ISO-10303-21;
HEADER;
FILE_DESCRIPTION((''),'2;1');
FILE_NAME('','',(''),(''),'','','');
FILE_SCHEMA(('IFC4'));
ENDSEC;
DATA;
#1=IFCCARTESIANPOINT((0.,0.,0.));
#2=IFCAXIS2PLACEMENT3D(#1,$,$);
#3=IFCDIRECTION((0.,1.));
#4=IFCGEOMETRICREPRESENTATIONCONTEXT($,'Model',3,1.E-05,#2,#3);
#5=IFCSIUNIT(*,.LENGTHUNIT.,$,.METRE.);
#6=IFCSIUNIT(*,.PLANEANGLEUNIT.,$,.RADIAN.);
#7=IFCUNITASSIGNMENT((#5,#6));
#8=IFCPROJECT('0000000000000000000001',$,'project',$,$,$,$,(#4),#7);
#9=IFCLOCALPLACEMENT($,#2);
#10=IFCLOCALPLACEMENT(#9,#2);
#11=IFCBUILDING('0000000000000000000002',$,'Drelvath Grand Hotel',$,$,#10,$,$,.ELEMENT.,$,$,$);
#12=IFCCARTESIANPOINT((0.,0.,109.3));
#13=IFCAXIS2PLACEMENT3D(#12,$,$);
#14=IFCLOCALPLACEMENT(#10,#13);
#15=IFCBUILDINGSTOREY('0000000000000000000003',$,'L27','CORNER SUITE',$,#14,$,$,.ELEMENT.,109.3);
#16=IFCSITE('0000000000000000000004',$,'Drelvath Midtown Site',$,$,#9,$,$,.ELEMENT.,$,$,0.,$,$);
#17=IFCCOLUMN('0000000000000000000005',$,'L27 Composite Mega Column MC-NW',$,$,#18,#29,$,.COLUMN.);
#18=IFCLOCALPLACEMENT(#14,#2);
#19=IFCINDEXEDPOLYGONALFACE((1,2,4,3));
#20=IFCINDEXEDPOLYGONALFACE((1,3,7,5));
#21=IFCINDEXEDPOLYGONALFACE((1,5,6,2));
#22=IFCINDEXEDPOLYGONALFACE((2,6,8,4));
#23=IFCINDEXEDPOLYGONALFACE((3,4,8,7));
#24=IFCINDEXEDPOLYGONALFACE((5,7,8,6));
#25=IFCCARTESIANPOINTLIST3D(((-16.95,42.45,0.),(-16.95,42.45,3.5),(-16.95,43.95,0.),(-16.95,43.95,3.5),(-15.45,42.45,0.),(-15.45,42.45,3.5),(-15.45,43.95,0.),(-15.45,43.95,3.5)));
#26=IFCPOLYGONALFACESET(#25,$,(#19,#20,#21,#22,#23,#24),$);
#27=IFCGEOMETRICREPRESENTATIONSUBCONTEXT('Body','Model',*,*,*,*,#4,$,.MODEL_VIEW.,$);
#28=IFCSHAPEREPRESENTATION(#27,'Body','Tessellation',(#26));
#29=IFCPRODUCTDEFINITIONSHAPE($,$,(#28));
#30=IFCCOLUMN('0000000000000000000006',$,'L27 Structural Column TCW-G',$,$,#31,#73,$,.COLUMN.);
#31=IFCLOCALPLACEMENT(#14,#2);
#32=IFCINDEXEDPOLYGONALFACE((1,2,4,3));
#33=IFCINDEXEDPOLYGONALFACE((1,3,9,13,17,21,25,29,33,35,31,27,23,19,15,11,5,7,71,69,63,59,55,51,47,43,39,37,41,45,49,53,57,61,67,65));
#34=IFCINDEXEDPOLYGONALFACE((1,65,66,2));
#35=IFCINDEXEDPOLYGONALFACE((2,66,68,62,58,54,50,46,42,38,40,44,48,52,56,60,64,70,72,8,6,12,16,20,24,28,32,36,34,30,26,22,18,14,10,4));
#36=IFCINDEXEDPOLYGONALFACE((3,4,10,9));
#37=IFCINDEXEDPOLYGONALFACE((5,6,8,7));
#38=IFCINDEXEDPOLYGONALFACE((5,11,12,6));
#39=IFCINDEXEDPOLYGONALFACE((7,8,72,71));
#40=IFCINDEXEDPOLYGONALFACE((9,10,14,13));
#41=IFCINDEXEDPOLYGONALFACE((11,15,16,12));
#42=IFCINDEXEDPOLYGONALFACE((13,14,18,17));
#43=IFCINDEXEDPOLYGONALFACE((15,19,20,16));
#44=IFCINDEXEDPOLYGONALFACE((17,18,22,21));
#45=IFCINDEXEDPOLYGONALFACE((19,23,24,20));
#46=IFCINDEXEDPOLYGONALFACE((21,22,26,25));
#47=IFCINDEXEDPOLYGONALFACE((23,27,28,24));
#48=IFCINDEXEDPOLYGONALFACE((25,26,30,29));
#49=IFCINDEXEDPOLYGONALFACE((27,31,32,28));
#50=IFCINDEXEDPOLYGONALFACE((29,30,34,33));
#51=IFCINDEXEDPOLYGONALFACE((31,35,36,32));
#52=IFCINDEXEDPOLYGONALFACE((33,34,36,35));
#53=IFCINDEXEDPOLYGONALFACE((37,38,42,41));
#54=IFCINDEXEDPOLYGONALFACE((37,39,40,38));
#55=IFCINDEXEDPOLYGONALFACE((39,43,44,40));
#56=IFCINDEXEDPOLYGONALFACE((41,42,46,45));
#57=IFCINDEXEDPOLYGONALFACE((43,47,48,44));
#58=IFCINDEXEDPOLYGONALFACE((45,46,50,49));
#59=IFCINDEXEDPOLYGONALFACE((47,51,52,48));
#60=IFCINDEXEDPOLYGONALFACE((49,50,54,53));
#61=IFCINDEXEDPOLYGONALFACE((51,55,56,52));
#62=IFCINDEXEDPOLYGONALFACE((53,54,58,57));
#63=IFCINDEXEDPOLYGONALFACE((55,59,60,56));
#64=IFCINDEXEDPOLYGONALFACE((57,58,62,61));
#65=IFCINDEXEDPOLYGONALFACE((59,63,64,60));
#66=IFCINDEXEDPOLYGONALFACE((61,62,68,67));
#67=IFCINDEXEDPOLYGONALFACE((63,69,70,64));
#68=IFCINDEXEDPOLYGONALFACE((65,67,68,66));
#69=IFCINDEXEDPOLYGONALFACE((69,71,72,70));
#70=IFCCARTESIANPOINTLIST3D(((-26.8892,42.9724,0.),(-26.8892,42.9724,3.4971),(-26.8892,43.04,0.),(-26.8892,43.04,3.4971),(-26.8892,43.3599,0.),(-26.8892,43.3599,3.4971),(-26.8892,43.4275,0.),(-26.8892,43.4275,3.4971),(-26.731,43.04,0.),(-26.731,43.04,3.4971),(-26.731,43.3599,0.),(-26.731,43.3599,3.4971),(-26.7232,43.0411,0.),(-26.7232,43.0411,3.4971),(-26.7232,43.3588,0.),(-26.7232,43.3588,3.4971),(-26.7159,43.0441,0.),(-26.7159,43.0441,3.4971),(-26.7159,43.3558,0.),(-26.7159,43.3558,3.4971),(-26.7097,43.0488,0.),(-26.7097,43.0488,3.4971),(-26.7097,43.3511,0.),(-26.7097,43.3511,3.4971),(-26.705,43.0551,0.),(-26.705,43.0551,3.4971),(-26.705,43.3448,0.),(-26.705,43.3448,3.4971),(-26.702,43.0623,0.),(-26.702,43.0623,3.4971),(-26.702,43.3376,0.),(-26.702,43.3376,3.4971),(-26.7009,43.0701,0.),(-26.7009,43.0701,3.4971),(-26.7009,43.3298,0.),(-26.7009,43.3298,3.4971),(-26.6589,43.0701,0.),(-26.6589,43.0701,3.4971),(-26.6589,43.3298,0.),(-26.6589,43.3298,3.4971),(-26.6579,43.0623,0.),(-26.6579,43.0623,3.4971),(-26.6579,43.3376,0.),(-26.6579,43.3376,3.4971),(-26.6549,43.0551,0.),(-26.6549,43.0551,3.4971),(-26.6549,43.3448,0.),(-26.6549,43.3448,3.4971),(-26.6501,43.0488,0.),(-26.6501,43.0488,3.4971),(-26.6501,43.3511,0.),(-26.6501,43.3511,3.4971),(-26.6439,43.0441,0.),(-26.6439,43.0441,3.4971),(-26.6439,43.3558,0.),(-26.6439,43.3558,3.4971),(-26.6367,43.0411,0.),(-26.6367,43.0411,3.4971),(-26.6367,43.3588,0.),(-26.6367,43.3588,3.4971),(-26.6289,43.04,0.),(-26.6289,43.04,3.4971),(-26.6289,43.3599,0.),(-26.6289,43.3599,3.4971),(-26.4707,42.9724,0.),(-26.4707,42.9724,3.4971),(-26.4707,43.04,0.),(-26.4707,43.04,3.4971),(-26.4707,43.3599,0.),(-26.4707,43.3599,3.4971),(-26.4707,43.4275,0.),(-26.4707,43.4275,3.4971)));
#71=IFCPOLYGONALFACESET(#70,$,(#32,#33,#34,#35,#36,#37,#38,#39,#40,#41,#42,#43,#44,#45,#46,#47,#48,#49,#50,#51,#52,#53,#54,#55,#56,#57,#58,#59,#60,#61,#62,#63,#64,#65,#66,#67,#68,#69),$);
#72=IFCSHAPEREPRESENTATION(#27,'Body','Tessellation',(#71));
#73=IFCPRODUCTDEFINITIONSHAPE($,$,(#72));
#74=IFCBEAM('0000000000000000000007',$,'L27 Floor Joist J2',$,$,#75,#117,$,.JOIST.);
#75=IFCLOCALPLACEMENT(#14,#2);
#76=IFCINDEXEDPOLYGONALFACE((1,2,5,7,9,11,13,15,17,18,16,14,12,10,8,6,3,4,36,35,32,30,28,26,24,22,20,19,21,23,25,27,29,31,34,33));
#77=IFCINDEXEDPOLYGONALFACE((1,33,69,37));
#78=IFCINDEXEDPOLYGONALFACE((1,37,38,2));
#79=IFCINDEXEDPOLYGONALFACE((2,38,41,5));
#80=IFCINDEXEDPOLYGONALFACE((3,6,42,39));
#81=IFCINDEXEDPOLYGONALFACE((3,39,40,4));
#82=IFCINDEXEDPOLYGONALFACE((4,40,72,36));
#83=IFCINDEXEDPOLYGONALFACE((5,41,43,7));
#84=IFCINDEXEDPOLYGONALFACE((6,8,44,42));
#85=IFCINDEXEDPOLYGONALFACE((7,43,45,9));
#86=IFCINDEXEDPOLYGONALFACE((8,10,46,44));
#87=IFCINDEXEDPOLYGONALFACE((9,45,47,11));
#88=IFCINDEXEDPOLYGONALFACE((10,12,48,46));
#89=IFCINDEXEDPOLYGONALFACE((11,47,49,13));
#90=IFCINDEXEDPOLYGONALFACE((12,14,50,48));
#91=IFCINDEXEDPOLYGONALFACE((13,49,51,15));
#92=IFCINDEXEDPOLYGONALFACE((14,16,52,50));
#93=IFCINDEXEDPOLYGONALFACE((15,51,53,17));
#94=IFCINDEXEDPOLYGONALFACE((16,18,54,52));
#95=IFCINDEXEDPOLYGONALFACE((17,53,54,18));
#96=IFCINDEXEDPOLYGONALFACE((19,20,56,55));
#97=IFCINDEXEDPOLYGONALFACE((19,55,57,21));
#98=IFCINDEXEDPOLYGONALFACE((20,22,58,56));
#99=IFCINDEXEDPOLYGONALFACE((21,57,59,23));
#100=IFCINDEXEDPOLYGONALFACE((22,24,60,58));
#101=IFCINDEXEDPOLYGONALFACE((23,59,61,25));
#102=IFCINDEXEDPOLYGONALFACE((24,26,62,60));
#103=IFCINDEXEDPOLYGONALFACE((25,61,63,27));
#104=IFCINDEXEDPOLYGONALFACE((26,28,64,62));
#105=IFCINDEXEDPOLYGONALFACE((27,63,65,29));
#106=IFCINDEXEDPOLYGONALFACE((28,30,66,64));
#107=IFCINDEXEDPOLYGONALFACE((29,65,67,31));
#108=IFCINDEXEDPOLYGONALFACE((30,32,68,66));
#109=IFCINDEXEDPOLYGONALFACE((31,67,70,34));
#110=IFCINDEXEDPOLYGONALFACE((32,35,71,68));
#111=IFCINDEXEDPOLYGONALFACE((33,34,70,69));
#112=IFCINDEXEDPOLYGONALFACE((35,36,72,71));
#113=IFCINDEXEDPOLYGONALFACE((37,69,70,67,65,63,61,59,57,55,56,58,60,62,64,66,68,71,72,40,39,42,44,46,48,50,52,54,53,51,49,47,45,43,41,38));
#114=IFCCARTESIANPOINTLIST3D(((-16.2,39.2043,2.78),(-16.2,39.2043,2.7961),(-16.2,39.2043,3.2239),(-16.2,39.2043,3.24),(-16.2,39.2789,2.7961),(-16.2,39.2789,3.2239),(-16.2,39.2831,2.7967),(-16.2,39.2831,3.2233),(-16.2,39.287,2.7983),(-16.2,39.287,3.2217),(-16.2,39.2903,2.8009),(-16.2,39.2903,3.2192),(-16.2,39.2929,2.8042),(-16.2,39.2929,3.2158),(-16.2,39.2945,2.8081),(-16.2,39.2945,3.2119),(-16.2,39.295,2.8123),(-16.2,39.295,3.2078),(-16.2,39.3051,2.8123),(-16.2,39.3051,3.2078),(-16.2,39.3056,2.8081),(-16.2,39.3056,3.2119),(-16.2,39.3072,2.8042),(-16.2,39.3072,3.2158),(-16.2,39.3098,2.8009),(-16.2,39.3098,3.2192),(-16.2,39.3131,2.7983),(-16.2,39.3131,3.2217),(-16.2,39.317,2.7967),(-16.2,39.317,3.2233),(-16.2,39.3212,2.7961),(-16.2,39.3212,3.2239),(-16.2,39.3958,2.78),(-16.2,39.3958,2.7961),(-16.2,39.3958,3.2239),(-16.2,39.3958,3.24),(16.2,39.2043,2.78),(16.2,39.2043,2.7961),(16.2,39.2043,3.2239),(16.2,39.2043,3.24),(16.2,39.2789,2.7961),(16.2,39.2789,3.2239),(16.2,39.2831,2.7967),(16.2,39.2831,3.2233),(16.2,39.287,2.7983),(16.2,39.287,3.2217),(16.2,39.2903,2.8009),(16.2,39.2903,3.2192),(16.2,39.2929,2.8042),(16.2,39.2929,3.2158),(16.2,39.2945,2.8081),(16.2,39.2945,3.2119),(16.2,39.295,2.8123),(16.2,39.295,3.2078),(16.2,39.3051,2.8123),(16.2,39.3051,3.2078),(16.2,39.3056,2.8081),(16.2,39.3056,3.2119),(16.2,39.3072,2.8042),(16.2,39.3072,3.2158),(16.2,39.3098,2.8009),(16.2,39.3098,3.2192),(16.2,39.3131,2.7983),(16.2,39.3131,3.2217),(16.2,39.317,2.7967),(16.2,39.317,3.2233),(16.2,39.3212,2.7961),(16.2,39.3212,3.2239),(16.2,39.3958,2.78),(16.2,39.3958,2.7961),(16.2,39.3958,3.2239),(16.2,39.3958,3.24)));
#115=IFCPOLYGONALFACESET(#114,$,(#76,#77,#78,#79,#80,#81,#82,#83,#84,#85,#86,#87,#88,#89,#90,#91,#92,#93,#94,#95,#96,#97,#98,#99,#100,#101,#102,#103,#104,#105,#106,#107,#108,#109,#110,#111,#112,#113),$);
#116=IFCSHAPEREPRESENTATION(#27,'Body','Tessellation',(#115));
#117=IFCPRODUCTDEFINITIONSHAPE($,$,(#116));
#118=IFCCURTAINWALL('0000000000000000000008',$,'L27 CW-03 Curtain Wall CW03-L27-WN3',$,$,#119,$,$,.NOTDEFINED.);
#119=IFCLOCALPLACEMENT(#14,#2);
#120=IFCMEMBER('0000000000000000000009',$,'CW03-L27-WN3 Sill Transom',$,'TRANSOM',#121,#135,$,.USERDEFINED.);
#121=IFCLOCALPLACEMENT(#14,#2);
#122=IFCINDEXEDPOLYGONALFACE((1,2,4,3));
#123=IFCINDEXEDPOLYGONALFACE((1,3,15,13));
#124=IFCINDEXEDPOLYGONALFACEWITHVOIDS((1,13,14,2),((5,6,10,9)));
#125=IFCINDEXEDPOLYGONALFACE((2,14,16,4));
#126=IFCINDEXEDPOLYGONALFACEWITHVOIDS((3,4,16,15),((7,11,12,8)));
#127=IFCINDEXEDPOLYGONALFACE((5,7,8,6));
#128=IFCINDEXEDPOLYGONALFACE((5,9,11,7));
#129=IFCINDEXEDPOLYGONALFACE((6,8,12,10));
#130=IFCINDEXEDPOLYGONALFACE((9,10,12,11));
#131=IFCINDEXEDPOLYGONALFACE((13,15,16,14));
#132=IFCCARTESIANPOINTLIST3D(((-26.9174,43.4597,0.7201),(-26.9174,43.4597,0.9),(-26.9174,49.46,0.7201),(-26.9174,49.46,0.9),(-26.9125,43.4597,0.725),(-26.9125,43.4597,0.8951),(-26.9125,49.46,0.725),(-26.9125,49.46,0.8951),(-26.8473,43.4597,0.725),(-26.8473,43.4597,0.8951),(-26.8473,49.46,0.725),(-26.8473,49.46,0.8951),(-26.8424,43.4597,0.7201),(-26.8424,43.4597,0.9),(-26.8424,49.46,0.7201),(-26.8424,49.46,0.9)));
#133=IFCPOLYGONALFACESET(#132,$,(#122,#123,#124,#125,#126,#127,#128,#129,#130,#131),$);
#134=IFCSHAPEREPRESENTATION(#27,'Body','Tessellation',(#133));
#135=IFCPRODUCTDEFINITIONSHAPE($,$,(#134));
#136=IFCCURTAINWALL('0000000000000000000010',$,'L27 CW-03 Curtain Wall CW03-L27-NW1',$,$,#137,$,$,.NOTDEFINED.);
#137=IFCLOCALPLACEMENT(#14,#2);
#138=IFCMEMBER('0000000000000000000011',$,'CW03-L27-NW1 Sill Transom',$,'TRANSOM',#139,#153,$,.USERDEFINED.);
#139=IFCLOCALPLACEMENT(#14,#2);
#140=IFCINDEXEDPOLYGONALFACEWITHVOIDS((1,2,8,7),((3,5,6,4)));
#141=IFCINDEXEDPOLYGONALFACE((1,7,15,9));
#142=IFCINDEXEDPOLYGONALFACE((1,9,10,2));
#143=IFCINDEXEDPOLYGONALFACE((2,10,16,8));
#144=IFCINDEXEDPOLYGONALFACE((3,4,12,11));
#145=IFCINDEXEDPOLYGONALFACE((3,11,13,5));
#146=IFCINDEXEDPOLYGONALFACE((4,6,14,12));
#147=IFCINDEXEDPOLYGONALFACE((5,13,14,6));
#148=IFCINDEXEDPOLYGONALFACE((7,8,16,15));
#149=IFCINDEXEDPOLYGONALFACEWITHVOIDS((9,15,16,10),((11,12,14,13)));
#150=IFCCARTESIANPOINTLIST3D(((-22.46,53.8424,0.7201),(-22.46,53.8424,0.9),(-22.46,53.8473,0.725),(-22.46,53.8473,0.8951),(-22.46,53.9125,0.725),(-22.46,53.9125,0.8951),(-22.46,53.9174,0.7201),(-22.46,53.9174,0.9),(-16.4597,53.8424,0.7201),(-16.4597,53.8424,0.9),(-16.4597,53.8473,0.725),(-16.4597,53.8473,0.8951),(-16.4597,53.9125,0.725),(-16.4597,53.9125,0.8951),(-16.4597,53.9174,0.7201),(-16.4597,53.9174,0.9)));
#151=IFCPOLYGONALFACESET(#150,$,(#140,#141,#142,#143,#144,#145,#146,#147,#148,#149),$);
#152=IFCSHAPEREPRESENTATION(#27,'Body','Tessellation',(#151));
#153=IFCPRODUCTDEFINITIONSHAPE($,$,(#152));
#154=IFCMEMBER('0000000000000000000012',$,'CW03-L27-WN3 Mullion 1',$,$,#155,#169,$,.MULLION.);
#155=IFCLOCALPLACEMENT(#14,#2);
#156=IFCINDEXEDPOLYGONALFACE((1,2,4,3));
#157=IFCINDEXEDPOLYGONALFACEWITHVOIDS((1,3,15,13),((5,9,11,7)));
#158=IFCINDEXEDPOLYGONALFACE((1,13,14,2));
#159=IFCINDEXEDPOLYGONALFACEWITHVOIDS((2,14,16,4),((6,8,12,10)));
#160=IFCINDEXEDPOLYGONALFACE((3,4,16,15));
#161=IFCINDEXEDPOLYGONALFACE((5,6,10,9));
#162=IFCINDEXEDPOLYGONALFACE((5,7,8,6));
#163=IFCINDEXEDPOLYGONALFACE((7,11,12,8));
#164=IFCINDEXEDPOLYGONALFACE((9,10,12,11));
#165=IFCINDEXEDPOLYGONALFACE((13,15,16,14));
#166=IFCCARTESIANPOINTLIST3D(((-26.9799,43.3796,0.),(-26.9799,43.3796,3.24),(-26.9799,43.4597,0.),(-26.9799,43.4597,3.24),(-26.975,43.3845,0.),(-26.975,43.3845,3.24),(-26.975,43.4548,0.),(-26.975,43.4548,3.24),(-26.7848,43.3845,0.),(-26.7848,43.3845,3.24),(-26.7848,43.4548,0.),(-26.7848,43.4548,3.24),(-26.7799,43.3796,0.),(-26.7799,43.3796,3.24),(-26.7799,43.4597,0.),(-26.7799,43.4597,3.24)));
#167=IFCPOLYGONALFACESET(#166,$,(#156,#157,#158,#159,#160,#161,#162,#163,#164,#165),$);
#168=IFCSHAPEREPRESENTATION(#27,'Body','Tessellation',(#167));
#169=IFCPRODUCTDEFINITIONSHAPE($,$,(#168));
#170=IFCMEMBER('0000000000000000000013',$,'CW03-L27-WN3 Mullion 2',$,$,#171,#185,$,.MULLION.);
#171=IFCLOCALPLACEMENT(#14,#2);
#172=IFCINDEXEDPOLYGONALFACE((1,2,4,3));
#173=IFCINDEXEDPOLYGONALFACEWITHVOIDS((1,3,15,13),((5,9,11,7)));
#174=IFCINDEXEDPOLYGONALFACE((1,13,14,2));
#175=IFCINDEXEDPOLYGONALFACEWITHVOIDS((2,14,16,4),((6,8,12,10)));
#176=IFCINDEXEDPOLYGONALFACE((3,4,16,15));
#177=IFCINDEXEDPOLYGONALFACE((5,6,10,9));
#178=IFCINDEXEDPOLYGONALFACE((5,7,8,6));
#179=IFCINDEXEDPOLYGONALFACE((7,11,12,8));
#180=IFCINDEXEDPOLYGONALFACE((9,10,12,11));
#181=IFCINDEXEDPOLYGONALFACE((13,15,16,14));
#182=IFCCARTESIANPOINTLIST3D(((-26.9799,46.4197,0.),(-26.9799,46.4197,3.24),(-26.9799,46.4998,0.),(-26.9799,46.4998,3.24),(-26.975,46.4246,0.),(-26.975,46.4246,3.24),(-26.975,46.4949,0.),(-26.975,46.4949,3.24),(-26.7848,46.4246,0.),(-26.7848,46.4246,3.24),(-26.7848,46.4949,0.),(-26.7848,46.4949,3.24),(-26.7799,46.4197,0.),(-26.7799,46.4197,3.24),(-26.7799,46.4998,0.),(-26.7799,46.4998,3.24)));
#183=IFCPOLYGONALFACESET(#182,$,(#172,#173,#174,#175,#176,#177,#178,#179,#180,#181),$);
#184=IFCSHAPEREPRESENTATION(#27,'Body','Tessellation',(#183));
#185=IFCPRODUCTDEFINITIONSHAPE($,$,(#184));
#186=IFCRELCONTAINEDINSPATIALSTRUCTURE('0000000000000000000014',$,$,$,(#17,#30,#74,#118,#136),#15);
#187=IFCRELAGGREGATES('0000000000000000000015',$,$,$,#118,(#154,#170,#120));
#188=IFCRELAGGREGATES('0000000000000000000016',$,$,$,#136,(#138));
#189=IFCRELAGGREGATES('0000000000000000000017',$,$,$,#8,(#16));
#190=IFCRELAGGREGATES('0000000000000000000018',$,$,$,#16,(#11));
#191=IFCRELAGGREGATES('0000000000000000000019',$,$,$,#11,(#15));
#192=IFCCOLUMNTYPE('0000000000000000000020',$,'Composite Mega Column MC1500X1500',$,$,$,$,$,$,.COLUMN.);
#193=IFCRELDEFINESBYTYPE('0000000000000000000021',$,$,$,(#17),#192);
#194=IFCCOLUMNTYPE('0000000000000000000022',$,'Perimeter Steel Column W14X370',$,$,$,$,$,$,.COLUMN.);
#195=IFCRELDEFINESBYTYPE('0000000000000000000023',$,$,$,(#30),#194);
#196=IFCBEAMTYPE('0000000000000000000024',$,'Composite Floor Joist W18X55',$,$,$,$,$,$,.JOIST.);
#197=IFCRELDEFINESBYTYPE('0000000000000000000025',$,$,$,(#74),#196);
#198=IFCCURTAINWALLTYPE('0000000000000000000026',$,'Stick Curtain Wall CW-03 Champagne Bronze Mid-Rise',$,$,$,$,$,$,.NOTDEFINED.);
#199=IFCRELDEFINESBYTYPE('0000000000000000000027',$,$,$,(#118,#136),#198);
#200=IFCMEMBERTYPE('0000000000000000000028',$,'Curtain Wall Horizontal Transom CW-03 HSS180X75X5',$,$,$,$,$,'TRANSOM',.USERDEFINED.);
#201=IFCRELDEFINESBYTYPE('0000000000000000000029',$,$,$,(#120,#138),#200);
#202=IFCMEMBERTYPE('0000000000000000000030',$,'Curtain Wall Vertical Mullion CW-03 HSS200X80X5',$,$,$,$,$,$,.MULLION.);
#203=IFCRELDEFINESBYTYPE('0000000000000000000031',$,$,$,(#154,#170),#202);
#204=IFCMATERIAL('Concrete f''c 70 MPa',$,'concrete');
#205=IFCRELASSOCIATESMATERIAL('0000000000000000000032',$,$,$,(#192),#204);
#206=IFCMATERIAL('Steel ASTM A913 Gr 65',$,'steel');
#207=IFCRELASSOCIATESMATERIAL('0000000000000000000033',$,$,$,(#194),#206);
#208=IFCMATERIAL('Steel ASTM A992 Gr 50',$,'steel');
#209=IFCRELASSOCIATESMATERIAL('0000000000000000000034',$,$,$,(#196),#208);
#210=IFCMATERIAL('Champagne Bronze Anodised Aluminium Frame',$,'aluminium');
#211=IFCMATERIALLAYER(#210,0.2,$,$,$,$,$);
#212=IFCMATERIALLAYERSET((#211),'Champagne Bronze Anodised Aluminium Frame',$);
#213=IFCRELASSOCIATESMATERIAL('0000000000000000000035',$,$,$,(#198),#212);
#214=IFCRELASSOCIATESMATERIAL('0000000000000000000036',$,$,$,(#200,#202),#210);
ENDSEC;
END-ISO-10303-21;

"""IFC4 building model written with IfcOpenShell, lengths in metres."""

from ifc_helpers import new_model, si_unit, direction, frame, origin, origin_2d, place, context, subcontext, project, spatial, rectangle, hollow_rectangle, i_section, extrude, material, layer, layer_set, material_profile, profile_set, type_object, element, aggregate, save


model = new_model("IFC4")

# Units and contexts
model_context = context("Model", 3, precision=1e-05, world=origin(), true_north=direction((0.0, 1.0)))
body_context = subcontext(model_context, "Body", "Model", "MODEL_VIEW")
ifc_project = project(units=[si_unit("LENGTHUNIT", "METRE"), si_unit("PLANEANGLEUNIT", "RADIAN")], contexts=[model_context])

# Site, building, storey
site_placement = place(None, origin())
site = spatial("IfcSite", under=ifc_project, at=site_placement, Name="Drelvath Midtown Site", CompositionType="ELEMENT", RefElevation=0.0)
building_placement = place(site_placement, origin())
building = spatial("IfcBuilding", under=site, at=building_placement, Name="Drelvath Grand Hotel", CompositionType="ELEMENT")
storey_placement = place(building_placement, frame((0.0, 0.0, 109.3)))
storey = spatial("IfcBuildingStorey", under=building, at=storey_placement, Name="L27", Description="CORNER SUITE", CompositionType="ELEMENT", Elevation=109.3)

# Columns
ifc_material_1 = material(Name="Concrete f'c 70 MPa", Category="concrete")
ifc_material_profile_1 = material_profile(ifc_material_1, rectangle(XDim=1.5, YDim=1.5, at=origin_2d()), Name="MC1500X1500")
ifc_profile_set_1 = profile_set([ifc_material_profile_1], Name="Concrete f'c 70 MPa")
column_type_1 = type_object("IfcColumnType", Name="Composite Mega Column MC1500X1500", PredefinedType="COLUMN", material=ifc_profile_set_1)
column_1_placement = place(storey_placement, frame((-16.2, 43.2, 0.0), z_axis=(0.0, 0.0, 1.0), x_axis=(1.0, 0.0, 0.0)))
element("IfcColumn", 1, at=column_1_placement, inside=storey, type_object=column_type_1, Name="L27 Composite Mega Column MC-NW", PredefinedType="COLUMN", context=body_context, shape_type="SweptSolid", body=[
    extrude(rectangle(XDim=1.5, YDim=1.5, at=origin_2d()), origin(), (0.0, 0.0, 1.0), 3.5),
])
ifc_material_2 = material(Name="Steel ASTM A913 Gr 65", Category="steel")
ifc_material_profile_2 = material_profile(ifc_material_2, i_section(OverallWidth=0.4185, OverallDepth=0.4551, WebThickness=0.042, FlangeThickness=0.0676, FilletRadius=0.03, at=origin_2d()), Name="W14X370")
ifc_profile_set_2 = profile_set([ifc_material_profile_2], Name="Steel ASTM A913 Gr 65")
column_type_2 = type_object("IfcColumnType", Name="Perimeter Steel Column W14X370", PredefinedType="COLUMN", material=ifc_profile_set_2)
column_2_placement = place(storey_placement, frame((-26.6799, 43.2, 0.0), z_axis=(0.0, 0.0, 1.0), x_axis=(1.0, 0.0, 0.0)))
element("IfcColumn", 2, at=column_2_placement, inside=storey, type_object=column_type_2, Name="L27 Structural Column TCW-G", PredefinedType="COLUMN", context=body_context, shape_type="SweptSolid", body=[
    extrude(i_section(OverallWidth=0.4185, OverallDepth=0.4551, WebThickness=0.042, FlangeThickness=0.0676, FilletRadius=0.03, at=origin_2d()), origin(), (0.0, 0.0, 1.0), 3.4971),
])

# Beam
ifc_material_3 = material(Name="Steel ASTM A992 Gr 50", Category="steel")
ifc_material_profile_3 = material_profile(ifc_material_3, i_section(OverallWidth=0.1914, OverallDepth=0.46, WebThickness=0.01, FlangeThickness=0.0161, FilletRadius=0.0161, at=origin_2d()), Name="W18X55")
ifc_profile_set_3 = profile_set([ifc_material_profile_3], Name="Steel ASTM A992 Gr 50")
beam_type_1 = type_object("IfcBeamType", Name="Composite Floor Joist W18X55", PredefinedType="JOIST", material=ifc_profile_set_3)
beam_1_placement = place(storey_placement, frame((-16.2, 39.3, 3.01), z_axis=(1.0, 0.0, 0.0), x_axis=(0.0, 1.0, 0.0)))
element("IfcBeam", 3, at=beam_1_placement, inside=storey, type_object=beam_type_1, Name="L27 Floor Joist J2", PredefinedType="JOIST", context=body_context, shape_type="SweptSolid", body=[
    extrude(i_section(OverallWidth=0.1914, OverallDepth=0.46, WebThickness=0.01, FlangeThickness=0.0161, FilletRadius=0.0161, at=origin_2d()), origin(), (0.0, 0.0, 1.0), 32.3999),
])

# Curtain walls, members
ifc_material_4 = material(Name="Champagne Bronze Anodised Aluminium Frame", Category="aluminium")
ifc_layer_1 = layer(ifc_material_4, 0.2)
ifc_layer_set_1 = layer_set([ifc_layer_1], Name="Champagne Bronze Anodised Aluminium Frame")
curtain_wall_type = type_object("IfcCurtainWallType", Name="Stick Curtain Wall CW-03 Champagne Bronze Mid-Rise", PredefinedType="NOTDEFINED", material=ifc_layer_set_1)
curtain_wall_1_placement = place(storey_placement, origin())
curtain_wall_1 = element("IfcCurtainWall", 4, at=curtain_wall_1_placement, inside=storey, type_object=curtain_wall_type, Name="L27 CW-03 Curtain Wall CW03-L27-WN3", PredefinedType="NOTDEFINED")
ifc_material_profile_4 = material_profile(ifc_material_4, hollow_rectangle(XDim=0.075, YDim=0.1799, WallThickness=0.0049, at=origin_2d()), Name="HSS180X75X5")
ifc_profile_set_4 = profile_set([ifc_material_profile_4], Name="Champagne Bronze Anodised Aluminium Frame")
member_type_1 = type_object("IfcMemberType", Name="Curtain Wall Horizontal Transom CW-03 HSS180X75X5", ElementType="TRANSOM", PredefinedType="USERDEFINED", material=ifc_profile_set_4)
member_1_placement = place(storey_placement, frame((-26.8799, 43.4597, 0.8101), z_axis=(0.0, 1.0, 0.0), x_axis=(-1.0, 0.0, 0.0)))
member_1 = element("IfcMember", 5, at=member_1_placement, type_object=member_type_1, Name="CW03-L27-WN3 Sill Transom", ObjectType="TRANSOM", PredefinedType="USERDEFINED", context=body_context, shape_type="SweptSolid", body=[
    extrude(hollow_rectangle(XDim=0.075, YDim=0.1799, WallThickness=0.0049, at=origin_2d()), origin(), (0.0, 0.0, 1.0), 6.0002),
])
curtain_wall_2_placement = place(storey_placement, origin())
curtain_wall_2 = element("IfcCurtainWall", 6, at=curtain_wall_2_placement, inside=storey, type_object=curtain_wall_type, Name="L27 CW-03 Curtain Wall CW03-L27-NW1", PredefinedType="NOTDEFINED")
member_2_placement = place(storey_placement, frame((-22.46, 53.8799, 0.8101), z_axis=(1.0, 0.0, 0.0), x_axis=(0.0, 1.0, 0.0)))
member_2 = element("IfcMember", 7, at=member_2_placement, type_object=member_type_1, Name="CW03-L27-NW1 Sill Transom", ObjectType="TRANSOM", PredefinedType="USERDEFINED", context=body_context, shape_type="SweptSolid", body=[
    extrude(hollow_rectangle(XDim=0.075, YDim=0.1799, WallThickness=0.0049, at=origin_2d()), origin(), (0.0, 0.0, 1.0), 6.0002),
])

# Members
ifc_material_profile_5 = material_profile(ifc_material_4, hollow_rectangle(XDim=0.0801, YDim=0.2, WallThickness=0.0049, at=origin_2d()), Name="HSS200X80X5")
ifc_profile_set_5 = profile_set([ifc_material_profile_5], Name="Champagne Bronze Anodised Aluminium Frame")
member_type_2 = type_object("IfcMemberType", Name="Curtain Wall Vertical Mullion CW-03 HSS200X80X5", PredefinedType="MULLION", material=ifc_profile_set_5)
member_3_placement = place(storey_placement, frame((-26.8799, 43.4197, 0.0), z_axis=(0.0, 0.0, 1.0), x_axis=(0.0, 1.0, 0.0)))
member_3 = element("IfcMember", 8, at=member_3_placement, type_object=member_type_2, Name="CW03-L27-WN3 Mullion 1", PredefinedType="MULLION", context=body_context, shape_type="SweptSolid", body=[
    extrude(hollow_rectangle(XDim=0.0801, YDim=0.2, WallThickness=0.0049, at=origin_2d()), origin(), (0.0, 0.0, 1.0), 3.24),
])
member_4_placement = place(storey_placement, frame((-26.8799, 46.4597, 0.0), z_axis=(0.0, 0.0, 1.0), x_axis=(0.0, 1.0, 0.0)))
member_4 = element("IfcMember", 9, at=member_4_placement, type_object=member_type_2, Name="CW03-L27-WN3 Mullion 2", PredefinedType="MULLION", context=body_context, shape_type="SweptSolid", body=[
    extrude(hollow_rectangle(XDim=0.0801, YDim=0.2, WallThickness=0.0049, at=origin_2d()), origin(), (0.0, 0.0, 1.0), 3.24),
])

aggregate(curtain_wall_1, [member_3, member_4, member_1])
aggregate(curtain_wall_2, [member_2])

save(model, "model.ifc")
